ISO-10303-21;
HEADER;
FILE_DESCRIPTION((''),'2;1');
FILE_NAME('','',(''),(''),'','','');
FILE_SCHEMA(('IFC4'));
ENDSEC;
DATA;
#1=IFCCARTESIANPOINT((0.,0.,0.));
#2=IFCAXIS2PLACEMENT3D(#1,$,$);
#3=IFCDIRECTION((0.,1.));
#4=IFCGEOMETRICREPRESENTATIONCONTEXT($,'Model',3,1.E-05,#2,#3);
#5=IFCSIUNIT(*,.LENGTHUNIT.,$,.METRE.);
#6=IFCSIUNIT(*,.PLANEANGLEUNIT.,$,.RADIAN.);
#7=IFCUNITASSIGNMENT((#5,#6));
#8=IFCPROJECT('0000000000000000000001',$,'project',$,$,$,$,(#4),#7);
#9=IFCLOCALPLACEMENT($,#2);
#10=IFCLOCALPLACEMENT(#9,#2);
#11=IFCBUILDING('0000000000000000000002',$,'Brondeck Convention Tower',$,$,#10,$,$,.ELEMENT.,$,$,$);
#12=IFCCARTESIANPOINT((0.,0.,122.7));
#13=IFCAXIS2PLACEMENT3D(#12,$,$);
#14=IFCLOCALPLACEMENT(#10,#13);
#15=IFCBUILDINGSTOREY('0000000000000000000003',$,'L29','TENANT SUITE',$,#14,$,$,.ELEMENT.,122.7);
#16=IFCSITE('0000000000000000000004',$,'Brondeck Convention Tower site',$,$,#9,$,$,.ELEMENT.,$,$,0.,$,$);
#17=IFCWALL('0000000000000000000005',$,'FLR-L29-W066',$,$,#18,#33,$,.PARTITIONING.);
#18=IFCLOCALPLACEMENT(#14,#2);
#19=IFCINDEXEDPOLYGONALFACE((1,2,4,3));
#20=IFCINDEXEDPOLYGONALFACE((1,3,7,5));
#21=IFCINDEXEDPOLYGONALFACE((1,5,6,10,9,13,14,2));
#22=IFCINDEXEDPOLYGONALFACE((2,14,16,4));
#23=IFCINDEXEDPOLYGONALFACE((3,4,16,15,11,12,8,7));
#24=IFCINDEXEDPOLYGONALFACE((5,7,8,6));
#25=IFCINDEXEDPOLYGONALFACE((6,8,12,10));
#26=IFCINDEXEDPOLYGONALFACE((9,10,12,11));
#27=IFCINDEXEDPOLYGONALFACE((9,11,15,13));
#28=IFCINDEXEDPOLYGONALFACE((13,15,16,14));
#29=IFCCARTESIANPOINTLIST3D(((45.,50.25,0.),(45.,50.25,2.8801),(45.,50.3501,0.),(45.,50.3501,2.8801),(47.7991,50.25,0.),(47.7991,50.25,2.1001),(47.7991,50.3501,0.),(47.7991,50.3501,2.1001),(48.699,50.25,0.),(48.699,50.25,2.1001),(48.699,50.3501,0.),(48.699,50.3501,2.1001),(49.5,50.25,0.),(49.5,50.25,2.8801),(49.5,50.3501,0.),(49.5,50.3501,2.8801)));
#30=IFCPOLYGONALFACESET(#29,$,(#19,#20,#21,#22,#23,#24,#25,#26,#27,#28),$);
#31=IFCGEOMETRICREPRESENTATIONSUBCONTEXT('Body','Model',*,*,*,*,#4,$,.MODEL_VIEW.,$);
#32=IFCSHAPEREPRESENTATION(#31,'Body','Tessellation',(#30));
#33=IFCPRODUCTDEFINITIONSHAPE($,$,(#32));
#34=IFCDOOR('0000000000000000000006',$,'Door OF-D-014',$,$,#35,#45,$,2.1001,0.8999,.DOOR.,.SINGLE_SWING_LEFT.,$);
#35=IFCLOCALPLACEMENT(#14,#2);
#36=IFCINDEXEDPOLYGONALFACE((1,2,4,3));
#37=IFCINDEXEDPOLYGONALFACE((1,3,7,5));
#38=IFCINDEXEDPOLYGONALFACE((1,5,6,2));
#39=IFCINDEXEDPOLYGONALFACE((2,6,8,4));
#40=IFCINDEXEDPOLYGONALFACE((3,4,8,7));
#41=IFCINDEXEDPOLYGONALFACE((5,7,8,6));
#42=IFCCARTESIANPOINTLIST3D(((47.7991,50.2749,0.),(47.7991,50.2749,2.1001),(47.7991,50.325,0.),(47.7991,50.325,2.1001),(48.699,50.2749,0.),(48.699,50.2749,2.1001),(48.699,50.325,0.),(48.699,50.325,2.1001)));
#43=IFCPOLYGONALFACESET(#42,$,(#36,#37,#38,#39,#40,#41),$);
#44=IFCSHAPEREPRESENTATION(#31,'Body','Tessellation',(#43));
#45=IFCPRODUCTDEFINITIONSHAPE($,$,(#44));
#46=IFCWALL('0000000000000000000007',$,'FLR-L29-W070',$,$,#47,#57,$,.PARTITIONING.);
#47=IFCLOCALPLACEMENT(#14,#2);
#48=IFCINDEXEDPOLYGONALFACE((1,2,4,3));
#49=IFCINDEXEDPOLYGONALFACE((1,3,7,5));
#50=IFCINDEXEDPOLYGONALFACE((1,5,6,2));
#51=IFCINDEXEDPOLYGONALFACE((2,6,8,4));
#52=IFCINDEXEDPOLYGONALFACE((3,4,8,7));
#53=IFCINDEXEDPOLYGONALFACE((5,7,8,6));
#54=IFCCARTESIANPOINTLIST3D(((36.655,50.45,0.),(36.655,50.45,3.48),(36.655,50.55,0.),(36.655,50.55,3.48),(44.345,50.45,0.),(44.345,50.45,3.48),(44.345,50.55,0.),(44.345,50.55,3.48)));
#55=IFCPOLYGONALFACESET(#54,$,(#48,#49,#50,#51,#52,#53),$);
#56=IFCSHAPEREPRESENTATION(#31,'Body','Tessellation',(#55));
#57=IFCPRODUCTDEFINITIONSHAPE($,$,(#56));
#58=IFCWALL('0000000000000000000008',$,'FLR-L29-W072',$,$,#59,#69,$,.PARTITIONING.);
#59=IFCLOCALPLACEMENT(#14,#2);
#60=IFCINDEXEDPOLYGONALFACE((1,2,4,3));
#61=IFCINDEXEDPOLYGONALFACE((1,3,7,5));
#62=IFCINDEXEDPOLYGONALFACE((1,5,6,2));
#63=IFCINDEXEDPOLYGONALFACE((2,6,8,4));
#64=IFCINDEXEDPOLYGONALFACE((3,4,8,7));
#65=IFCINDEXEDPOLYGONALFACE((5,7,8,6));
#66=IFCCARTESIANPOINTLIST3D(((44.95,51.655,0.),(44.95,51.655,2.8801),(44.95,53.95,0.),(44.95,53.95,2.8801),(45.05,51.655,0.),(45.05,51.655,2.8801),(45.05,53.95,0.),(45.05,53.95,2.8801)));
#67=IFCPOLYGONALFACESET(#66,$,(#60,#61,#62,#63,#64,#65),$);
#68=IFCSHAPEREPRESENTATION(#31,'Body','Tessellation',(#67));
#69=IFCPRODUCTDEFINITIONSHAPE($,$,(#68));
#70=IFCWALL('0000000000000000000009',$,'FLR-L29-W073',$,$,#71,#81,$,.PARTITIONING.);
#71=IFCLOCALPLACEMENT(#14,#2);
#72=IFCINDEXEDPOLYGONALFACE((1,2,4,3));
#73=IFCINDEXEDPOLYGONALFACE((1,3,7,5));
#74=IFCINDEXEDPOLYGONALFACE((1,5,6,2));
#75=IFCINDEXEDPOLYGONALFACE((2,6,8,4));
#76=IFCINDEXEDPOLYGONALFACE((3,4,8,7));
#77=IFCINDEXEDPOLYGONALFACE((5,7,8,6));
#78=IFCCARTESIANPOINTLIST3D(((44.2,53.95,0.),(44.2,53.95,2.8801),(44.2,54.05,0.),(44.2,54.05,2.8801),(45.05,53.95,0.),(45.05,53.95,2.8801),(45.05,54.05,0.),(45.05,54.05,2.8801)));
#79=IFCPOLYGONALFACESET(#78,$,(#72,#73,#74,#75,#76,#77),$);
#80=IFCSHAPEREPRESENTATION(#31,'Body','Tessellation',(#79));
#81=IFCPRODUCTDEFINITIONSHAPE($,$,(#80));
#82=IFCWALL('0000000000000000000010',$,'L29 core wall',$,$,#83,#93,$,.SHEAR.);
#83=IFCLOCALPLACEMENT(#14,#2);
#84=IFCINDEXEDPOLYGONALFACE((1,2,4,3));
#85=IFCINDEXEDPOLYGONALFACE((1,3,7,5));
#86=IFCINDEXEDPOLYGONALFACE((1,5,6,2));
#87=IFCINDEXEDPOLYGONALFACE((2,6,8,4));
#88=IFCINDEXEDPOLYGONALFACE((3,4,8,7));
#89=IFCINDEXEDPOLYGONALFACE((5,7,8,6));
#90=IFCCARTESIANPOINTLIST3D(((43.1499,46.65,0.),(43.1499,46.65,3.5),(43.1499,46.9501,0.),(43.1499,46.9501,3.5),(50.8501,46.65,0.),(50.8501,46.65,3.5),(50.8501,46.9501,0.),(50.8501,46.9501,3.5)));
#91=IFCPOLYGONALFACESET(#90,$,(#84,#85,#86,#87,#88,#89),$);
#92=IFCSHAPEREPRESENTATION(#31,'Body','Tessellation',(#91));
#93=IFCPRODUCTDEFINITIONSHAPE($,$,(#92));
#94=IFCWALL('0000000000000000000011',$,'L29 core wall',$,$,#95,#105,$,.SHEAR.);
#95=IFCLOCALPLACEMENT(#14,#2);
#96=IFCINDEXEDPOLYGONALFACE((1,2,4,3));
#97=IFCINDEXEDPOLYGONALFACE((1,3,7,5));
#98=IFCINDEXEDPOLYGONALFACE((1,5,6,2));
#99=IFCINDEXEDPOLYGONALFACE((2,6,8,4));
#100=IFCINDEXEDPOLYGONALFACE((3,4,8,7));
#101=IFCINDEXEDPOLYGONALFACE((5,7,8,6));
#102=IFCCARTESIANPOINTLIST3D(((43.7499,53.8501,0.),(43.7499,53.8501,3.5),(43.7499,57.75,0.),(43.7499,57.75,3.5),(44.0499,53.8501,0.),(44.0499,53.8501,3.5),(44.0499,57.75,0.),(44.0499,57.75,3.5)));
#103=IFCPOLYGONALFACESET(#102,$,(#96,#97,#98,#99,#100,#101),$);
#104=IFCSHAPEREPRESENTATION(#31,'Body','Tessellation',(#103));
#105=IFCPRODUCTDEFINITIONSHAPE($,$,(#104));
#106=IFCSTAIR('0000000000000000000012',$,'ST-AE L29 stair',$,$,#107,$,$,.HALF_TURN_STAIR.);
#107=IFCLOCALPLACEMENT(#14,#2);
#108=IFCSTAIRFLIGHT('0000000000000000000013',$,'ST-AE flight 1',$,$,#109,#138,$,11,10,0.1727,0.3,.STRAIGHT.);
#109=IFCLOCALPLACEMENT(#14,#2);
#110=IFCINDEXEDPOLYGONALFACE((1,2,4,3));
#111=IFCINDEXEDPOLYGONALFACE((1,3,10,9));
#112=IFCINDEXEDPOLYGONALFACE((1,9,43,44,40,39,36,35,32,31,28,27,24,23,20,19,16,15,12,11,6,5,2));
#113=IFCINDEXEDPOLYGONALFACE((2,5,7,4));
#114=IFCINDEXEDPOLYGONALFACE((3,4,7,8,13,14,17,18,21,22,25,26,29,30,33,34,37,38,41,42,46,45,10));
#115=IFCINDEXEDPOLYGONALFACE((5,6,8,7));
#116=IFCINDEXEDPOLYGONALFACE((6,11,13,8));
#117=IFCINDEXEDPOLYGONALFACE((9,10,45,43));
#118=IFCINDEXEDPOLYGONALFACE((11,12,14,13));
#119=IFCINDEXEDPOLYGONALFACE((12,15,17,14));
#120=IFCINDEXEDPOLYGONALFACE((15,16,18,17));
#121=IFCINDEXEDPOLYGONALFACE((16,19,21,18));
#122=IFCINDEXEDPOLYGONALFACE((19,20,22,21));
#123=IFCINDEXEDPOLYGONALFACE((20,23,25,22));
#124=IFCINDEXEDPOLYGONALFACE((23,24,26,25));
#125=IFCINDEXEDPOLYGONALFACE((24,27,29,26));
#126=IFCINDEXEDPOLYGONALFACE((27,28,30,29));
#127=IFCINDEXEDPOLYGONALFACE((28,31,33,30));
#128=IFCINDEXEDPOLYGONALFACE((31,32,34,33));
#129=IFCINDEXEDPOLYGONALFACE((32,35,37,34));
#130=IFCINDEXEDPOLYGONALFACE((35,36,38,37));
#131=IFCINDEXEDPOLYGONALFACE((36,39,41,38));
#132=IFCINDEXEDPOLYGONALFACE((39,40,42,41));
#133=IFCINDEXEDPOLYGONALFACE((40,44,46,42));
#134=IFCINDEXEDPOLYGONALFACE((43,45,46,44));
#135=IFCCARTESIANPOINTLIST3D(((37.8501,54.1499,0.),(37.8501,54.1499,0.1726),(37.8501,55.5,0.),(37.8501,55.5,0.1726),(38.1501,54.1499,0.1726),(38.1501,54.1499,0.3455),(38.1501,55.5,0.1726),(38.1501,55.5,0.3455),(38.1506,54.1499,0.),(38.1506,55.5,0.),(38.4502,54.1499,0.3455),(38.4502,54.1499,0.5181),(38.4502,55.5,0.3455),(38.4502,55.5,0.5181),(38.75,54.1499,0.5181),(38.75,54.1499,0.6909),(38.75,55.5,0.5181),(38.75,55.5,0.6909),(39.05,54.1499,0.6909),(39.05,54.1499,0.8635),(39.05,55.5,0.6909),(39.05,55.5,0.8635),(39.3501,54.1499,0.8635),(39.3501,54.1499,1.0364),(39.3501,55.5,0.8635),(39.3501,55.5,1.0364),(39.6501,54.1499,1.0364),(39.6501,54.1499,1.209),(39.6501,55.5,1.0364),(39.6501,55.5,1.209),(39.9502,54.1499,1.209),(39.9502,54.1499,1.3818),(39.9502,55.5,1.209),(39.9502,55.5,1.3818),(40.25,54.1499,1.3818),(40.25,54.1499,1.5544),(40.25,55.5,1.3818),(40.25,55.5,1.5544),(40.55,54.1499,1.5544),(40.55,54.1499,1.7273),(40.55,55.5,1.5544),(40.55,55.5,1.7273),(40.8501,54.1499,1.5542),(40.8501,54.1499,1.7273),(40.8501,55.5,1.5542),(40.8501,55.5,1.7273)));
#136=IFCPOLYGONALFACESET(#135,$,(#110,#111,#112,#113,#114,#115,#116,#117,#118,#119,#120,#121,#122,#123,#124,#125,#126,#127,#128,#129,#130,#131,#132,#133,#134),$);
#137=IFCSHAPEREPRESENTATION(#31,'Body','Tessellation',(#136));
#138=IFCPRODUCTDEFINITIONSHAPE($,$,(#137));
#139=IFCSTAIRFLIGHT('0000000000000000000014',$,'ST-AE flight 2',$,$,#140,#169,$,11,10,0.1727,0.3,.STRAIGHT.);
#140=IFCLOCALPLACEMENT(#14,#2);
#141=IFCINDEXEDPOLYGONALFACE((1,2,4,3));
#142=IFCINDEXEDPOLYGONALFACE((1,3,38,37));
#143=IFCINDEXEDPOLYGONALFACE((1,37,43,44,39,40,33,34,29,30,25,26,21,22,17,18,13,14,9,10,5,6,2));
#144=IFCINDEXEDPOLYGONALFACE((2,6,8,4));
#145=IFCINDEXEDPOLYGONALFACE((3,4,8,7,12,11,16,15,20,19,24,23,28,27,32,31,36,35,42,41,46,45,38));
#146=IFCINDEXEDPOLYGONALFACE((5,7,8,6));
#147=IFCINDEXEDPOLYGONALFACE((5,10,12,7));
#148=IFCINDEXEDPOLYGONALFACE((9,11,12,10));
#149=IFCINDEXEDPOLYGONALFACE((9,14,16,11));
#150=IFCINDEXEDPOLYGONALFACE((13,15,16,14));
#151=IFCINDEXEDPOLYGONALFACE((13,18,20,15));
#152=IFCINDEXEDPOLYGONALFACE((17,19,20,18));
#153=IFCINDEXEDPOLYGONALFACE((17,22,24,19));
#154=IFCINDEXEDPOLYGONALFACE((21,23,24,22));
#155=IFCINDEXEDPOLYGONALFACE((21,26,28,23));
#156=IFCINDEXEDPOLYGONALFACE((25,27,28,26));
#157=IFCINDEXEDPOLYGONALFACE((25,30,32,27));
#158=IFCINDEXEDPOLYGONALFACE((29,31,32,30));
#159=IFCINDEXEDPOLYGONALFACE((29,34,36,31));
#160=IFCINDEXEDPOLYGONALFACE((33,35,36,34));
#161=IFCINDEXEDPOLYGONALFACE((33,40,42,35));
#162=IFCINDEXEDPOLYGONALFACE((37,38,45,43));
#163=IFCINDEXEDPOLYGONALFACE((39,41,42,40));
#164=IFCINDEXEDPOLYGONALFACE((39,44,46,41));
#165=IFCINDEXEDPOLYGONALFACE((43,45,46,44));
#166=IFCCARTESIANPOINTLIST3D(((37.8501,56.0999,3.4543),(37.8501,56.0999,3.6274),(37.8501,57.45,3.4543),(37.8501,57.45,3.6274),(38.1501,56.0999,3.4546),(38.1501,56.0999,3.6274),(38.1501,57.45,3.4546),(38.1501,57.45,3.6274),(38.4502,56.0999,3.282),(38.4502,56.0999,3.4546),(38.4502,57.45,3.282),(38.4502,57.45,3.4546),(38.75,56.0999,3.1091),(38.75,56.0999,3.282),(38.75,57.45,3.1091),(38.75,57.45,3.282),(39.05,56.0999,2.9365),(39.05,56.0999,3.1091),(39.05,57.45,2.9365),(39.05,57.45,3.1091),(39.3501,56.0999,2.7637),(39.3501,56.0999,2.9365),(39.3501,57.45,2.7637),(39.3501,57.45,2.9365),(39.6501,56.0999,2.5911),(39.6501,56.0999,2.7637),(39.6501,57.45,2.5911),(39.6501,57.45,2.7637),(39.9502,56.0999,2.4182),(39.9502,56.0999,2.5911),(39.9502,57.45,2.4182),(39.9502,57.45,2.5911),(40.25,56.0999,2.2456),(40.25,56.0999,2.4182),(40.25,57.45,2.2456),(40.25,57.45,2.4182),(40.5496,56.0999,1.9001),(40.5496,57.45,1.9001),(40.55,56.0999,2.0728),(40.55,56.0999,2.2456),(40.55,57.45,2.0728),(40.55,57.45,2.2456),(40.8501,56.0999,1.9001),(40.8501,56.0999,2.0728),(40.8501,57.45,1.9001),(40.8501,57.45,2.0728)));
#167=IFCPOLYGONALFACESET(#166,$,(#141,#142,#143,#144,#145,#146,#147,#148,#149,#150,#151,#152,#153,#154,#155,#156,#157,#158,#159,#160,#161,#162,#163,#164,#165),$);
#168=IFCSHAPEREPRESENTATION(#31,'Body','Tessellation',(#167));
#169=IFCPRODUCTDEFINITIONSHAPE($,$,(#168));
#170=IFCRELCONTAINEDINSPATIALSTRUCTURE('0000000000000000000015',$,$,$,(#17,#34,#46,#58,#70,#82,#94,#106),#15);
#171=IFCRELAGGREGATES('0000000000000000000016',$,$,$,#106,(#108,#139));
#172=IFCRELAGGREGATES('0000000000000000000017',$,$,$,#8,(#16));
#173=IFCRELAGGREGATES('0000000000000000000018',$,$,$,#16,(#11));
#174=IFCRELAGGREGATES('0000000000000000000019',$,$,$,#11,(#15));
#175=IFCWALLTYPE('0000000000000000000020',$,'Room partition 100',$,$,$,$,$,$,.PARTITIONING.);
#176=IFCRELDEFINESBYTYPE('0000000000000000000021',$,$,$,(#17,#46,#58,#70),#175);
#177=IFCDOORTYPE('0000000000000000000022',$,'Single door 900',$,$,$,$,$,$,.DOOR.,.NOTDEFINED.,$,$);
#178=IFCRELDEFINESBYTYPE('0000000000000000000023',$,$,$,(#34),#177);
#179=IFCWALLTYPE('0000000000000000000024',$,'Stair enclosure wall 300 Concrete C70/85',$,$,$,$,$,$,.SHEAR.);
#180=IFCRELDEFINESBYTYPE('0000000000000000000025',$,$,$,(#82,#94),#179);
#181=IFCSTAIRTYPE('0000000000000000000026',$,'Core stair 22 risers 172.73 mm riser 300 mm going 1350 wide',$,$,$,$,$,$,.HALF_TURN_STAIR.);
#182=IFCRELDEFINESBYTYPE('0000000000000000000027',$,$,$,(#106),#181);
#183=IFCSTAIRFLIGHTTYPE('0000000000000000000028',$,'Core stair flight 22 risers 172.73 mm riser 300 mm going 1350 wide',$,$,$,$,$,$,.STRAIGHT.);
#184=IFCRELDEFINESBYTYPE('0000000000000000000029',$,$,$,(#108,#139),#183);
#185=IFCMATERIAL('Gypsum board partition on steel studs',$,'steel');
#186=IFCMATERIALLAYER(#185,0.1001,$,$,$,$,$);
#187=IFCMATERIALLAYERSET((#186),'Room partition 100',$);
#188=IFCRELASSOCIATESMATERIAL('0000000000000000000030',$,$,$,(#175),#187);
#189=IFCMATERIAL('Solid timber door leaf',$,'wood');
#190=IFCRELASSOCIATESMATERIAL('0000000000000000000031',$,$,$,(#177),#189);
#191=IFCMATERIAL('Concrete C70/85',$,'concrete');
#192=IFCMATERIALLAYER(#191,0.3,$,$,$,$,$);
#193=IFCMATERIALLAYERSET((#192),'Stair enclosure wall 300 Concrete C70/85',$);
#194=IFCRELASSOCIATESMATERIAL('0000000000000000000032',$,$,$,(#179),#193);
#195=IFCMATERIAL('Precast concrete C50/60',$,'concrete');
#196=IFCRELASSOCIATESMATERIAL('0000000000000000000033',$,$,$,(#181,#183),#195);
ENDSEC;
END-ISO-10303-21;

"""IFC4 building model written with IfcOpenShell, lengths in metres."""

from ifc_helpers import new_model, si_unit, direction, frame, frame_2d, origin, place, context, subcontext, project, spatial, polyline, rectangle, outline, extrude, material, layer, layer_set, type_object, element, fill, aggregate, save


model = new_model("IFC4")

# Units and contexts
model_context = context("Model", 3, precision=1e-05, world=origin(), true_north=direction((0.0, 1.0)))
body_context = subcontext(model_context, "Body", "Model", "MODEL_VIEW")
ifc_project = project(units=[si_unit("LENGTHUNIT", "METRE"), si_unit("PLANEANGLEUNIT", "RADIAN")], contexts=[model_context])

# Site, building, storey
site_placement = place(None, origin())
site = spatial("IfcSite", under=ifc_project, at=site_placement, Name="Brondeck Convention Tower site", CompositionType="ELEMENT", RefElevation=0.0)
building_placement = place(site_placement, origin())
building = spatial("IfcBuilding", under=site, at=building_placement, Name="Brondeck Convention Tower", CompositionType="ELEMENT")
storey_placement = place(building_placement, frame((0.0, 0.0, 122.7)))
storey = spatial("IfcBuildingStorey", under=building, at=storey_placement, Name="L29", Description="TENANT SUITE", CompositionType="ELEMENT", Elevation=122.7)

# Shared definitions
ifc_material_1 = material(Name="Concrete C70/85", Category="concrete")

# Shared definitions
ifc_material_2 = material(Name="Gypsum board partition on steel studs", Category="steel")
ifc_layer_1 = layer(ifc_material_2, 0.1001)
ifc_layer_set_1 = layer_set([ifc_layer_1], Name="Room partition 100")
wall_type_1 = type_object("IfcWallType", Name="Room partition 100", PredefinedType="PARTITIONING", material=ifc_layer_set_1)

# Wall, opening, door
ifc_material_3 = material(Name="Solid timber door leaf", Category="wood")
door_type = type_object("IfcDoorType", Name="Single door 900", OperationType="NOTDEFINED", PredefinedType="DOOR", material=ifc_material_3)
wall_1_placement = place(storey_placement, frame((45.0, 50.3, 0.0), z_axis=(0.0, 0.0, 1.0), x_axis=(1.0, 0.0, 0.0)))
wall_1 = element("IfcWall", 1, at=wall_1_placement, inside=storey, type_object=wall_type_1, Name="FLR-L29-W066", PredefinedType="PARTITIONING", context=body_context, shape_type="SweptSolid", body=[
    extrude(rectangle(XDim=4.5, YDim=0.1001, at=frame_2d((2.25, 0.0))), origin(), (0.0, 0.0, 1.0), 2.8801),
])
opening_1_placement = place(wall_1_placement, frame((2.7991, 0.0, 0.0)))
opening_1 = element("IfcOpeningElement", 2, at=opening_1_placement, cuts=wall_1, PredefinedType="OPENING", context=body_context, shape_type="SweptSolid", body=[
    extrude(rectangle(XDim=0.8999, YDim=2.1001, at=frame_2d((0.45, 1.05))), frame((0.0, 0.0601, 0.0), z_axis=(0.0, -1.0, 0.0), x_axis=(1.0, 0.0, 0.0)), (0.0, 0.0, 1.0), 0.1201),
])
door_1_placement = place(opening_1_placement, origin())
door_1 = element("IfcDoor", 3, at=door_1_placement, inside=storey, type_object=door_type, Name="Door OF-D-014", OperationType="SINGLE_SWING_LEFT", OverallHeight=2.1001, OverallWidth=0.8999, PredefinedType="DOOR", context=body_context, shape_type="SweptSolid", body=[
    extrude(rectangle(XDim=0.8999, YDim=2.1001, at=frame_2d((0.45, 1.05))), frame((0.0, 0.0249, 0.0), z_axis=(0.0, -1.0, 0.0), x_axis=(1.0, 0.0, 0.0)), (0.0, 0.0, 1.0), 0.05),
])
fill(opening_1, door_1)

# Walls
wall_2_placement = place(storey_placement, frame((44.345, 50.5, 0.0), z_axis=(0.0, 0.0, 1.0), x_axis=(-1.0, 0.0, 0.0)))
element("IfcWall", 4, at=wall_2_placement, inside=storey, type_object=wall_type_1, Name="FLR-L29-W070", PredefinedType="PARTITIONING", context=body_context, shape_type="SweptSolid", body=[
    extrude(rectangle(XDim=7.6899, YDim=0.1001, at=frame_2d((3.845, 0.0))), origin(), (0.0, 0.0, 1.0), 3.48),
])
wall_3_placement = place(storey_placement, frame((45.0, 53.95, 0.0), z_axis=(0.0, 0.0, 1.0), x_axis=(0.0, -1.0, 0.0)))
element("IfcWall", 5, at=wall_3_placement, inside=storey, type_object=wall_type_1, Name="FLR-L29-W072", PredefinedType="PARTITIONING", context=body_context, shape_type="SweptSolid", body=[
    extrude(rectangle(XDim=2.2949, YDim=0.1001, at=frame_2d((1.1475, 0.0))), origin(), (0.0, 0.0, 1.0), 2.8801),
])
wall_4_placement = place(storey_placement, frame((44.2, 54.0, 0.0), z_axis=(0.0, 0.0, 1.0), x_axis=(1.0, 0.0, 0.0)))
element("IfcWall", 6, at=wall_4_placement, inside=storey, type_object=wall_type_1, Name="FLR-L29-W073", PredefinedType="PARTITIONING", context=body_context, shape_type="SweptSolid", body=[
    extrude(rectangle(XDim=0.8501, YDim=0.1001, at=frame_2d((0.425, 0.0))), origin(), (0.0, 0.0, 1.0), 2.8801),
])
ifc_layer_2 = layer(ifc_material_1, 0.3)
ifc_layer_set_2 = layer_set([ifc_layer_2], Name="Stair enclosure wall 300 Concrete C70/85")
wall_type_2 = type_object("IfcWallType", Name="Stair enclosure wall 300 Concrete C70/85", PredefinedType="SHEAR", material=ifc_layer_set_2)
wall_5_placement = place(storey_placement, frame((43.1499, 46.8, 0.0), z_axis=(0.0, 0.0, 1.0), x_axis=(1.0, 0.0, 0.0)))
element("IfcWall", 7, at=wall_5_placement, inside=storey, type_object=wall_type_2, Name="L29 core wall", PredefinedType="SHEAR", context=body_context, shape_type="SweptSolid", body=[
    extrude(rectangle(XDim=7.7002, YDim=0.3, at=frame_2d((3.8501, 0.0))), origin(), (0.0, 0.0, 1.0), 3.5),
])
wall_6_placement = place(storey_placement, frame((43.8999, 53.8501, 0.0), z_axis=(0.0, 0.0, 1.0), x_axis=(0.0, 1.0, 0.0)))
element("IfcWall", 8, at=wall_6_placement, inside=storey, type_object=wall_type_2, Name="L29 core wall", PredefinedType="SHEAR", context=body_context, shape_type="SweptSolid", body=[
    extrude(rectangle(XDim=3.8999, YDim=0.3, at=frame_2d((1.95, 0.0))), origin(), (0.0, 0.0, 1.0), 3.5),
])

# Stair, stair flights
ifc_material_4 = material(Name="Precast concrete C50/60", Category="concrete")
stair_type = type_object("IfcStairType", Name="Core stair 22 risers 172.73 mm riser 300 mm going 1350 wide", PredefinedType="HALF_TURN_STAIR", material=ifc_material_4)
stair_placement = place(storey_placement, origin())
stair = element("IfcStair", 9, at=stair_placement, inside=storey, type_object=stair_type, Name="ST-AE L29 stair", PredefinedType="HALF_TURN_STAIR")
stair_flight_type = type_object("IfcStairFlightType", Name="Core stair flight 22 risers 172.73 mm riser 300 mm going 1350 wide", PredefinedType="STRAIGHT", material=ifc_material_4)
stair_flight_1_placement = place(storey_placement, frame((37.8501, 54.825, 0.0), z_axis=(0.0, 0.0, 1.0), x_axis=(1.0, 0.0, 0.0)))
stair_flight_1 = element("IfcStairFlight", 10, at=stair_flight_1_placement, type_object=stair_flight_type, Name="ST-AE flight 1", NumberOfRisers=11, NumberOfTreads=10, PredefinedType="STRAIGHT", RiserHeight=0.1727, TreadLength=0.3, context=body_context, shape_type="SweptSolid", body=[
    extrude(outline(polyline([(0.0, 0.0), (0.0, 0.1726), (0.3, 0.1726), (0.3, 0.3455), (0.6001, 0.3455), (0.6001, 0.5181), (0.8999, 0.5181), (0.8999, 0.6909), (1.2, 0.6909), (1.2, 0.8635), (1.5, 0.8635), (1.5, 1.0364), (1.8, 1.0364), (1.8, 1.209), (2.1001, 1.209), (2.1001, 1.3818), (2.3999, 1.3818), (2.3999, 1.5544), (2.7, 1.5544), (2.7, 1.7273), (3.0, 1.7273), (3.0, 1.8999), (3.0, 1.5542), (0.3005, 0.0), (0.0, 0.0)])), frame((0.0, 0.675, 0.0), z_axis=(0.0, -1.0, 0.0), x_axis=(1.0, 0.0, 0.0)), (0.0, 0.0, 1.0), 1.3501),
])
stair_flight_2_placement = place(storey_placement, frame((40.8501, 56.7749, 1.9001), z_axis=(0.0, 0.0, 1.0), x_axis=(-1.0, 0.0, 0.0)))
stair_flight_2 = element("IfcStairFlight", 11, at=stair_flight_2_placement, type_object=stair_flight_type, Name="ST-AE flight 2", NumberOfRisers=11, NumberOfTreads=10, PredefinedType="STRAIGHT", RiserHeight=0.1727, TreadLength=0.3, context=body_context, shape_type="SweptSolid", body=[
    extrude(outline(polyline([(0.0, 0.0), (0.0, 0.1726), (0.3, 0.1726), (0.3, 0.3455), (0.6001, 0.3455), (0.6001, 0.5181), (0.8999, 0.5181), (0.8999, 0.6909), (1.2, 0.6909), (1.2, 0.8635), (1.5, 0.8635), (1.5, 1.0364), (1.8, 1.0364), (1.8, 1.209), (2.1001, 1.209), (2.1001, 1.3818), (2.3999, 1.3818), (2.3999, 1.5544), (2.7, 1.5544), (2.7, 1.7273), (3.0, 1.7273), (3.0, 1.8999), (3.0, 1.5542), (0.3005, 0.0), (0.0, 0.0)])), frame((0.0, 0.675, 0.0), z_axis=(0.0, -1.0, 0.0), x_axis=(1.0, 0.0, 0.0)), (0.0, 0.0, 1.0), 1.3501),
])
aggregate(stair, [stair_flight_1, stair_flight_2])

save(model, "model.ifc")
